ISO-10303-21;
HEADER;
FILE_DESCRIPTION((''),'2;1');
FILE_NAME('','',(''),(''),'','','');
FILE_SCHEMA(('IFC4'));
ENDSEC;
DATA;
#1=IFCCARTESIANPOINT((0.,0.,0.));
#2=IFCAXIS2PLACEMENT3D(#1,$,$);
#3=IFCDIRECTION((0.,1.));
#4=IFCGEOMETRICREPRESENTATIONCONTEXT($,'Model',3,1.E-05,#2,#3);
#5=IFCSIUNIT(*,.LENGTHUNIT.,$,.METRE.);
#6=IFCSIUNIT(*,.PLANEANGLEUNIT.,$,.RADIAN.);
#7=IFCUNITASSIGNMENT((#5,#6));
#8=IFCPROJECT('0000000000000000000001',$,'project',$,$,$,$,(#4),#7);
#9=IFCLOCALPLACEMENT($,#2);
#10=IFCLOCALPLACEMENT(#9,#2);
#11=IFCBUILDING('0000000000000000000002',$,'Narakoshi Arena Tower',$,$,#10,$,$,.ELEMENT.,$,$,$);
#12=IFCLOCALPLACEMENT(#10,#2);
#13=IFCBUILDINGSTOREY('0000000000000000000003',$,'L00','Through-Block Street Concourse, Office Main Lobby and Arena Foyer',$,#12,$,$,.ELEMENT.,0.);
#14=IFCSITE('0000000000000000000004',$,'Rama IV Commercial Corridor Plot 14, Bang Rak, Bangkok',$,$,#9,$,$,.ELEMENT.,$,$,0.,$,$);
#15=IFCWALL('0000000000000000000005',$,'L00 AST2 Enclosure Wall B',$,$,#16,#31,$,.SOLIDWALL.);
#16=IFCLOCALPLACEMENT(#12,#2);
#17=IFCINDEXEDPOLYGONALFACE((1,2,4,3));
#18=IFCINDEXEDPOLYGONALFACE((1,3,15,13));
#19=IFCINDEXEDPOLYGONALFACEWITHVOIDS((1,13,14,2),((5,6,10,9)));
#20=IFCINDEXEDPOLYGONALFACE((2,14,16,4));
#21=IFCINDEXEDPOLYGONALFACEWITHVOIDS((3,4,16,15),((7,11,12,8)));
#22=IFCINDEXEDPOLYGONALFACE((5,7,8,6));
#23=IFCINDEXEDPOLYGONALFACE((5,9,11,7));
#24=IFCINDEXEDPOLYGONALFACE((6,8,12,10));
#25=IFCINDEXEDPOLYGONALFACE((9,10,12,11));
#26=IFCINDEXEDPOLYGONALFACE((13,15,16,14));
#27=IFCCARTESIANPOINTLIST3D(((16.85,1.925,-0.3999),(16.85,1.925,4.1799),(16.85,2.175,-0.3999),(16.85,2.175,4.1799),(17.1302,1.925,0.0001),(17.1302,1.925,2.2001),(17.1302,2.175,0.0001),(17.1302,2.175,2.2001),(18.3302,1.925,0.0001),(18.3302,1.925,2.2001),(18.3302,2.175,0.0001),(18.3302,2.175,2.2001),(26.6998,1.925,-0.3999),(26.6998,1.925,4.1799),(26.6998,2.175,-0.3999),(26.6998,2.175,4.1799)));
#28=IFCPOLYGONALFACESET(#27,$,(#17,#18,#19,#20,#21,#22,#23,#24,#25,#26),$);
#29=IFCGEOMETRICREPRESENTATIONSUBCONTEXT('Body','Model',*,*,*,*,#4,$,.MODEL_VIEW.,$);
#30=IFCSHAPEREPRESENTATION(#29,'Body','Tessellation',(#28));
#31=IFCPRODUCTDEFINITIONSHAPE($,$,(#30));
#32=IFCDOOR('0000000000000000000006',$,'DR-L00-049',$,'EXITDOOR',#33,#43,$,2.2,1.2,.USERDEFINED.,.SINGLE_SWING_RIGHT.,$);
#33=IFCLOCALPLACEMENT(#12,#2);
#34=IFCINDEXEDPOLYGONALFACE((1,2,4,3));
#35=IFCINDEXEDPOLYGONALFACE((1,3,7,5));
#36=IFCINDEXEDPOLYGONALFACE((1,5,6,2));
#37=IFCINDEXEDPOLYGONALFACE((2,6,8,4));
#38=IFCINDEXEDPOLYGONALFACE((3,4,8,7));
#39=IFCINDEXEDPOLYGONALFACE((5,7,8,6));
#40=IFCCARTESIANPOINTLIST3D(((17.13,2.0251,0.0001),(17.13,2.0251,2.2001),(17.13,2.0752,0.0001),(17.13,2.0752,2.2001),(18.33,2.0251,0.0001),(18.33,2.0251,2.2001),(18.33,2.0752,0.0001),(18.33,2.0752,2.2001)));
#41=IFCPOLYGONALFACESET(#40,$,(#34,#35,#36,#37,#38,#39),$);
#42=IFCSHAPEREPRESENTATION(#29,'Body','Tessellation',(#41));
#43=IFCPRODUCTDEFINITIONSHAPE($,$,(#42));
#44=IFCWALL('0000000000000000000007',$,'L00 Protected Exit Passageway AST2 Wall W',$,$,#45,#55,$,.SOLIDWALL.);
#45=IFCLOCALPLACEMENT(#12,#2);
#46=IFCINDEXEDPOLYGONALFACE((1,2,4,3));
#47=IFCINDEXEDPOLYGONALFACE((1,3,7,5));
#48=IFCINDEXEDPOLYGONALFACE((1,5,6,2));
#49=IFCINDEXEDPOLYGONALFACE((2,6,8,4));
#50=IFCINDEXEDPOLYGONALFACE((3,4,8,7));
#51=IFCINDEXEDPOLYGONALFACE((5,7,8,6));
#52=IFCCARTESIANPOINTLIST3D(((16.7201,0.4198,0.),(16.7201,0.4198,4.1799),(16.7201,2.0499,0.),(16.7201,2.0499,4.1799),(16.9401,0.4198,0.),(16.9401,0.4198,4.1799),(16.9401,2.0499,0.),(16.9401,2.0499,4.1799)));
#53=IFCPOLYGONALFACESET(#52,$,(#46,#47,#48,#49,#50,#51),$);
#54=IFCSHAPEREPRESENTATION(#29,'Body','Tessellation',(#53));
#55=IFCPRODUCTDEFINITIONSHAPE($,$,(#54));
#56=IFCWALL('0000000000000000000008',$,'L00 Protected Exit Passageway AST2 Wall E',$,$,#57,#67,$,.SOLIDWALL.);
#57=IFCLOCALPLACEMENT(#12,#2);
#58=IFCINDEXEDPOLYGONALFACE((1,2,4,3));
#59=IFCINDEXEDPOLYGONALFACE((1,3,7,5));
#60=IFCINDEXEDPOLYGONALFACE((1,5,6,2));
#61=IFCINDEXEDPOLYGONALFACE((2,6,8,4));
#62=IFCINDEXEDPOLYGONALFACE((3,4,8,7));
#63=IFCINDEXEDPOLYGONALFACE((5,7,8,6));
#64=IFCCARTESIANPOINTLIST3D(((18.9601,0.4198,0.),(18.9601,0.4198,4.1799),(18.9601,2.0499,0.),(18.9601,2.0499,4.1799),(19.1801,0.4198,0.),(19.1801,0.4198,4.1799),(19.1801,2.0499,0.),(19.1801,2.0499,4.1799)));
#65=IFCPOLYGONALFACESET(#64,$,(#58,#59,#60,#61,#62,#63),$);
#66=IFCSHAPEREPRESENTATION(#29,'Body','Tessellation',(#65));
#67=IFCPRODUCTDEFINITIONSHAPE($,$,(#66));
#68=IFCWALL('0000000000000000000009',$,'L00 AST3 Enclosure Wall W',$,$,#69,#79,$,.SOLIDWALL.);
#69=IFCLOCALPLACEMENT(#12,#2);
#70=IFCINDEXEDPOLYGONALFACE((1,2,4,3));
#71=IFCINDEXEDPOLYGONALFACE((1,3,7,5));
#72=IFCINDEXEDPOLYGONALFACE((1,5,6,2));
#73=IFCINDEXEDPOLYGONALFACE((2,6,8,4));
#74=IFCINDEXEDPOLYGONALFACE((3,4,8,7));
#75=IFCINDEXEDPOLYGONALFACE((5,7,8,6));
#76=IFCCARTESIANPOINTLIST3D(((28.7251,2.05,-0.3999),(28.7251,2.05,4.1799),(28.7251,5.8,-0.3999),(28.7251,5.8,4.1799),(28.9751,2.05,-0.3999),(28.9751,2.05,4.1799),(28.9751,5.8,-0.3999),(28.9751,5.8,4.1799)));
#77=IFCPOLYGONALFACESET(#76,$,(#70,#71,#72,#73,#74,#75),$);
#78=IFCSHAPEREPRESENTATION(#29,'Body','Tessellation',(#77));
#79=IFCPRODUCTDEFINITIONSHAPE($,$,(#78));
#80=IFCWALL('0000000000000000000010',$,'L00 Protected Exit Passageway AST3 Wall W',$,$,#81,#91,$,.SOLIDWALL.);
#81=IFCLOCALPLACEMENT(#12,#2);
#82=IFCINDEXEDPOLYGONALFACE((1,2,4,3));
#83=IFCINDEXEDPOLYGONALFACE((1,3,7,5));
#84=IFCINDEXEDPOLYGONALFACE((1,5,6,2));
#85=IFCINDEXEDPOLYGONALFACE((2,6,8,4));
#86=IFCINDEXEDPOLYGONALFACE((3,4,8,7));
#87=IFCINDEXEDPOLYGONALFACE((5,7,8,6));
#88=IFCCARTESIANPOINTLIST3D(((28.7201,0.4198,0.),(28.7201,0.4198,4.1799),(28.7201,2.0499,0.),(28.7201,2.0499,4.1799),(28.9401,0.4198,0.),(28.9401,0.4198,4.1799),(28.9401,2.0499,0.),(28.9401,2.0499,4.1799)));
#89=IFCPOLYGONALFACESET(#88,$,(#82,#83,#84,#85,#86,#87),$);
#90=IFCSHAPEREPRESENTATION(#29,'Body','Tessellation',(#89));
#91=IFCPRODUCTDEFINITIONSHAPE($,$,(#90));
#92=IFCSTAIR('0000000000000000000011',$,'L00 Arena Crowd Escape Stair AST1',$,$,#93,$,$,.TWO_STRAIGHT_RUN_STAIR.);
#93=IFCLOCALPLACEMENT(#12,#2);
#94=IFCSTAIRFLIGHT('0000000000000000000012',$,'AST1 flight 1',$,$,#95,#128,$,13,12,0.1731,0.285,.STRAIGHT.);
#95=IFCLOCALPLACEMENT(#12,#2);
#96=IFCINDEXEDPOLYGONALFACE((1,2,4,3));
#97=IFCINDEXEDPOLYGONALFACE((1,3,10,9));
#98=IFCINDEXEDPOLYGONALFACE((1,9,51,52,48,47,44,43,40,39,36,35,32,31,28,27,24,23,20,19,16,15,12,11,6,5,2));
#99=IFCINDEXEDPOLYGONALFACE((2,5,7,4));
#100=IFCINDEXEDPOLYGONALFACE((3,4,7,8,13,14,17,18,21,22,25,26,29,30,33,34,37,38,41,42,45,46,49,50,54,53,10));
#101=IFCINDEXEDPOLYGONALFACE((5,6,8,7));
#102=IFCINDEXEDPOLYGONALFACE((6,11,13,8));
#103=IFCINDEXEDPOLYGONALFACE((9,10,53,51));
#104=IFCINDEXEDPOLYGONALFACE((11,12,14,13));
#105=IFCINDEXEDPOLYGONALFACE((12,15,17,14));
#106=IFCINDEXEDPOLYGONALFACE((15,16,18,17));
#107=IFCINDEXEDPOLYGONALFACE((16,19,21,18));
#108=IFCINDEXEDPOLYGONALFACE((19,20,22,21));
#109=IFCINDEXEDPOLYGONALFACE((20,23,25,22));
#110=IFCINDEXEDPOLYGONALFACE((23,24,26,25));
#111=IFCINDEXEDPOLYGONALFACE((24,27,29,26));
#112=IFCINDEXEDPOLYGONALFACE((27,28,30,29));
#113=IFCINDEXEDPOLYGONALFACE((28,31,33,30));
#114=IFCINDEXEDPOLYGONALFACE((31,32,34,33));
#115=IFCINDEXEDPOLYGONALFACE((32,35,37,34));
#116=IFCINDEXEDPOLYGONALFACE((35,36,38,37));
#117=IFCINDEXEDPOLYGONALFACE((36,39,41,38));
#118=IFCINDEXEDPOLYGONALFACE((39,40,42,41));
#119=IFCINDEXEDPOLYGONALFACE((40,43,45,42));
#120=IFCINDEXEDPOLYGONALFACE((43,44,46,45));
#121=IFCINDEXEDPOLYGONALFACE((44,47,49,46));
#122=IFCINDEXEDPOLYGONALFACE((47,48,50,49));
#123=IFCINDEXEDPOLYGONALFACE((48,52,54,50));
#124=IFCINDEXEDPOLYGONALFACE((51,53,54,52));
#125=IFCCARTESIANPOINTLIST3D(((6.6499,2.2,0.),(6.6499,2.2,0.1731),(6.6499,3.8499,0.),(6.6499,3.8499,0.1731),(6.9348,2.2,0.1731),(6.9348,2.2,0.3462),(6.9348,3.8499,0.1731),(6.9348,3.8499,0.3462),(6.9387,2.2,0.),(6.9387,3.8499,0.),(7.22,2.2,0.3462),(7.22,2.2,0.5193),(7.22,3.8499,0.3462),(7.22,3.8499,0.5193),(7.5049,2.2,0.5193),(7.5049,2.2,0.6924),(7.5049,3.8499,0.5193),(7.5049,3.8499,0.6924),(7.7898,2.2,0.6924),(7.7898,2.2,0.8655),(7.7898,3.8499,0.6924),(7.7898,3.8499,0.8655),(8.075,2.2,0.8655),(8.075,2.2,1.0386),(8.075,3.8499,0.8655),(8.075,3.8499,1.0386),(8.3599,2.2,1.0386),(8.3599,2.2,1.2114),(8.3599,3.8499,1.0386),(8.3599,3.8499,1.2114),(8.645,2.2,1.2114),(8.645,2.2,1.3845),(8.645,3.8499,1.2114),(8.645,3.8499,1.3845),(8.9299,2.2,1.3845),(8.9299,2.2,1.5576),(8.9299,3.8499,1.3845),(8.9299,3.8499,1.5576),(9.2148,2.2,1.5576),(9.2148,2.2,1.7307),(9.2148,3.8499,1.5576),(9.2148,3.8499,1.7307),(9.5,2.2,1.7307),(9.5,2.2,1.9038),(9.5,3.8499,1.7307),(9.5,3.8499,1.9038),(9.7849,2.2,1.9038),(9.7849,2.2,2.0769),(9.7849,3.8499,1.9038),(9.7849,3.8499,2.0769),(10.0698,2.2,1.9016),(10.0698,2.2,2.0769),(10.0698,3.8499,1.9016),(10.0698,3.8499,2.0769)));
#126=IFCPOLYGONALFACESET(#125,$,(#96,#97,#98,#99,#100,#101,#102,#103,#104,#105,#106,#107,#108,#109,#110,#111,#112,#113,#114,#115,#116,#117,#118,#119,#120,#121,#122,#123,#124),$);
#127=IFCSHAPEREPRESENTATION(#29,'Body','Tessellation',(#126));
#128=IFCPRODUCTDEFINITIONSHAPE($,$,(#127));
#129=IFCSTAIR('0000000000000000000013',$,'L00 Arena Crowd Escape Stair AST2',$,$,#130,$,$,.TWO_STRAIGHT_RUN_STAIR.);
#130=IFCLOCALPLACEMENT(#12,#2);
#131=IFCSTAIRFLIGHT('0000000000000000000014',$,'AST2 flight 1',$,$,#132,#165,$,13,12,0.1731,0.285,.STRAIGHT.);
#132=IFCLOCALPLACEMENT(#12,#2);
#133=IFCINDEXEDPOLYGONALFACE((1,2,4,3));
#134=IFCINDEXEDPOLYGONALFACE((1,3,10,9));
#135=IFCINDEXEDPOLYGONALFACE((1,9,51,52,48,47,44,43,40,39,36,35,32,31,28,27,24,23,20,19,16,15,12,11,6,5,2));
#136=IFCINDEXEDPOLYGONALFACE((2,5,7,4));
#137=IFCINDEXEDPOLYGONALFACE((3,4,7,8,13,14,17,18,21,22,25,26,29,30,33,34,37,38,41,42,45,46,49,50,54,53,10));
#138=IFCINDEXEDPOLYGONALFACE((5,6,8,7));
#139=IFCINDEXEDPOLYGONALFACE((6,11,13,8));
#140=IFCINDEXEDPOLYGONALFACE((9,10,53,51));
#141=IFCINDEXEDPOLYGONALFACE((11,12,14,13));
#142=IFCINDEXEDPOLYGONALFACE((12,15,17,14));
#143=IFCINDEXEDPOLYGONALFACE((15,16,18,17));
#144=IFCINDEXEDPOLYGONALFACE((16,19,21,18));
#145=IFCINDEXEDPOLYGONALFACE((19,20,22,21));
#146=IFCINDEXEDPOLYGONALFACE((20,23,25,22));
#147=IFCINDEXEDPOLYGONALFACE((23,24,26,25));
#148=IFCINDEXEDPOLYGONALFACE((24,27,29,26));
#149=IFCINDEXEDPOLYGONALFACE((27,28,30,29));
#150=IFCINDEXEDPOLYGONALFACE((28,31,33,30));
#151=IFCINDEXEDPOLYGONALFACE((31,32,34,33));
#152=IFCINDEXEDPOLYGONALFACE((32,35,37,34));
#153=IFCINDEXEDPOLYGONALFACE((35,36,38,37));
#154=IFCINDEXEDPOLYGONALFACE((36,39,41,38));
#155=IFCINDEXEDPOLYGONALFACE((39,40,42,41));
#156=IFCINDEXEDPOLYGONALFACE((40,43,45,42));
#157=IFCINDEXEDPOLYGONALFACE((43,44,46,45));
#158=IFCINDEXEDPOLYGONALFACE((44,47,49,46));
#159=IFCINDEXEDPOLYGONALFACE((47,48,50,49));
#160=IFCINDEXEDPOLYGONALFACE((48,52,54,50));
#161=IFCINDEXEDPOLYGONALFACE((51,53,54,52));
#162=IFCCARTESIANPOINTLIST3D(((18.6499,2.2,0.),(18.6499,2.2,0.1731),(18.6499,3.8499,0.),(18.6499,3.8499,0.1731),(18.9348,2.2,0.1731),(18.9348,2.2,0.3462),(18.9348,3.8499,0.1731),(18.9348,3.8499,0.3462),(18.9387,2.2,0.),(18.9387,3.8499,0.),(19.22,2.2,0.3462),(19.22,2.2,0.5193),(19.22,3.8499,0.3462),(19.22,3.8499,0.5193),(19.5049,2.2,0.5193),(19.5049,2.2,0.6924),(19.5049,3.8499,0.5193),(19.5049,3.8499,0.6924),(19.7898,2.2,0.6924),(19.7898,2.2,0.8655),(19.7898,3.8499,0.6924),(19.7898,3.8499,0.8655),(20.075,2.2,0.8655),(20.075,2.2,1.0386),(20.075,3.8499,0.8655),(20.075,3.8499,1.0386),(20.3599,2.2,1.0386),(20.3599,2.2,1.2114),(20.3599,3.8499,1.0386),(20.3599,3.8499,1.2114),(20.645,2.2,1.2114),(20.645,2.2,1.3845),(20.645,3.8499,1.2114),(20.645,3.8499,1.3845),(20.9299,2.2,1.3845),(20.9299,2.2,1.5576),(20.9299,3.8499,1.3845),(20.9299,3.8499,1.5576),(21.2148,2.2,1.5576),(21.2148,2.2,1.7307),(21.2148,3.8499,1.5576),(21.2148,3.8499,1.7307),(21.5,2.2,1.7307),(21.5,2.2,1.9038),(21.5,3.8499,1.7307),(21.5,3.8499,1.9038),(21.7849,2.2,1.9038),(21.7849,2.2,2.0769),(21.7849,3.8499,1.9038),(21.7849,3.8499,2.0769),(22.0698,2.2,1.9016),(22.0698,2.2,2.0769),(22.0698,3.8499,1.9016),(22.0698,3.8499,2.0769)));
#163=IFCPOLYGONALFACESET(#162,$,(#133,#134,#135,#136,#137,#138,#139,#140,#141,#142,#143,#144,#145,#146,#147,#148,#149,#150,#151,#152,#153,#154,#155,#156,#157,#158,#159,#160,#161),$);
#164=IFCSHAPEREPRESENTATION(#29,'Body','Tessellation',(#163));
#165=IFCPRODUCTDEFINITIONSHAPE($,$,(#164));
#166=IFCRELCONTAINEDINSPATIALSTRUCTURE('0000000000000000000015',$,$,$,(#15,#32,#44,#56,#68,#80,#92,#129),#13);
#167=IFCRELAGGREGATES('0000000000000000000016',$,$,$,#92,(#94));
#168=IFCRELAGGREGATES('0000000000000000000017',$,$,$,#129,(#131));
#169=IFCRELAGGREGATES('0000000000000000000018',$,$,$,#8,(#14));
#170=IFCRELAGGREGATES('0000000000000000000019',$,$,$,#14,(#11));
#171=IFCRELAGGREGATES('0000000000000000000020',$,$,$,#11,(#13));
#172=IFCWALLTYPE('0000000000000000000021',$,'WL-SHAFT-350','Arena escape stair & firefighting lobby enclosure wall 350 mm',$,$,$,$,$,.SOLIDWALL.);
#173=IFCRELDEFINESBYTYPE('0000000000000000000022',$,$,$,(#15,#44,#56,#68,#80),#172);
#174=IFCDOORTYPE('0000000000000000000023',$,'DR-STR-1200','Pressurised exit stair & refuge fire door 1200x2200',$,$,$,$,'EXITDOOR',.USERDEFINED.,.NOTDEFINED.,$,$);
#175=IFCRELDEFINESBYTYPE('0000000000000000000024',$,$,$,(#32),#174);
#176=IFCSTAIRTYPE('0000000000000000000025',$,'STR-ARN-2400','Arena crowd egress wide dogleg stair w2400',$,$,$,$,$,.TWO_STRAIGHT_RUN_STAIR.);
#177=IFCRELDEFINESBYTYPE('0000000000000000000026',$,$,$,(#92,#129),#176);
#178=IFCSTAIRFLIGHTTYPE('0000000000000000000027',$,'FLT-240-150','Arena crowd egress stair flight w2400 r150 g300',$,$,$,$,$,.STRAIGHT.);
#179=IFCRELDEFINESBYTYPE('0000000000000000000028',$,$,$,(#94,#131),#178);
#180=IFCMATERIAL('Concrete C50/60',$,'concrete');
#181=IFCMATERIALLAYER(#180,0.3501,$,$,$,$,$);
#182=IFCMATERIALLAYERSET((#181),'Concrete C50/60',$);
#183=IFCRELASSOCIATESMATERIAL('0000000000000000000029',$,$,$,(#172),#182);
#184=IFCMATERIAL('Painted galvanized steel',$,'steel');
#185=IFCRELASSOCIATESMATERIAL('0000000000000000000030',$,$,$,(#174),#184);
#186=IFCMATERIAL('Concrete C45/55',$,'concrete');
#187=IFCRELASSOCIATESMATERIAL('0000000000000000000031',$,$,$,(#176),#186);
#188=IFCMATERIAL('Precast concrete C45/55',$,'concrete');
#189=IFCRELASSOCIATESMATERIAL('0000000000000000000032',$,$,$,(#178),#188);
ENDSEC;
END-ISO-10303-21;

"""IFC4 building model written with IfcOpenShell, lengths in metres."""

from ifc_helpers import new_model, si_unit, direction, frame, frame_2d, origin, place, context, subcontext, project, spatial, polyline, rectangle, outline, extrude, material, layer, layer_set, type_object, element, fill, aggregate, save


model = new_model("IFC4")

# Units and contexts
model_context = context("Model", 3, precision=1e-05, world=origin(), true_north=direction((0.0, 1.0)))
body_context = subcontext(model_context, "Body", "Model", "MODEL_VIEW")
ifc_project = project(units=[si_unit("LENGTHUNIT", "METRE"), si_unit("PLANEANGLEUNIT", "RADIAN")], contexts=[model_context])

# Site, building, storey
site_placement = place(None, origin())
site = spatial("IfcSite", under=ifc_project, at=site_placement, Name="Rama IV Commercial Corridor Plot 14, Bang Rak, Bangkok", CompositionType="ELEMENT", RefElevation=0.0)
building_placement = place(site_placement, origin())
building = spatial("IfcBuilding", under=site, at=building_placement, Name="Narakoshi Arena Tower", CompositionType="ELEMENT")
storey_placement = place(building_placement, origin())
storey = spatial("IfcBuildingStorey", under=building, at=storey_placement, Name="L00", Description="Through-Block Street Concourse, Office Main Lobby and Arena Foyer", CompositionType="ELEMENT", Elevation=0.0)

# Shared definitions
ifc_material_1 = material(Name="Concrete C50/60", Category="concrete")
ifc_layer = layer(ifc_material_1, 0.3501)
ifc_layer_set = layer_set([ifc_layer], Name="Concrete C50/60")
wall_type = type_object("IfcWallType", Name="WL-SHAFT-350", Description="Arena escape stair & firefighting lobby enclosure wall 350 mm", PredefinedType="SOLIDWALL", material=ifc_layer_set)

# Shared definitions
ifc_material_2 = material(Name="Painted galvanized steel", Category="steel")
door_type = type_object("IfcDoorType", Name="DR-STR-1200", Description="Pressurised exit stair & refuge fire door 1200x2200", ElementType="EXITDOOR", OperationType="NOTDEFINED", PredefinedType="USERDEFINED", material=ifc_material_2)

# Wall, opening, door
wall_1_placement = place(storey_placement, frame((16.8501, 2.05, -0.3999), z_axis=(0.0, 0.0, 1.0), x_axis=(1.0, 0.0, 0.0)))
wall_1 = element("IfcWall", 1, at=wall_1_placement, inside=storey, type_object=wall_type, Name="L00 AST2 Enclosure Wall B", PredefinedType="SOLIDWALL", context=body_context, shape_type="SweptSolid", body=[
    extrude(rectangle(XDim=9.8499, YDim=0.25, at=frame_2d((4.9248, 0.0))), origin(), (0.0, 0.0, 1.0), 4.5798),
])
opening_1_placement = place(wall_1_placement, frame((0.28, 0.0, 0.3999)))
opening_1 = element("IfcOpeningElement", 2, at=opening_1_placement, cuts=wall_1, PredefinedType="OPENING", context=body_context, shape_type="SweptSolid", body=[
    extrude(rectangle(XDim=1.2, YDim=2.2, at=frame_2d((0.6001, 1.1001))), frame((0.0, 0.135, 0.0), z_axis=(0.0, -1.0, 0.0), x_axis=(1.0, 0.0, 0.0)), (0.0, 0.0, 1.0), 0.27),
])
door_1_placement = place(opening_1_placement, frame((1.2, 0.0, 0.0), z_axis=(0.0, 0.0, 1.0), x_axis=(-1.0, 0.0, 0.0)))
door_1 = element("IfcDoor", 3, at=door_1_placement, inside=storey, type_object=door_type, Name="DR-L00-049", ObjectType="EXITDOOR", OperationType="SINGLE_SWING_RIGHT", OverallHeight=2.2, OverallWidth=1.2, PredefinedType="USERDEFINED", context=body_context, shape_type="SweptSolid", body=[
    extrude(rectangle(XDim=1.2, YDim=2.2, at=frame_2d((0.6001, 1.1001))), frame((0.0, 0.0249, 0.0), z_axis=(0.0, -1.0, 0.0), x_axis=(1.0, 0.0, 0.0)), (0.0, 0.0, 1.0), 0.05),
])
fill(opening_1, door_1)

# Walls
for number, where, z_axis, x_axis, name in (
    (4, (16.8301, 0.4199, 0.0), (0.0, 0.0, 1.0), (0.0, 1.0, 0.0), "L00 Protected Exit Passageway AST2 Wall W"),
    (5, (19.0701, 0.4199, 0.0), (0.0, 0.0, 1.0), (0.0, 1.0, 0.0), "L00 Protected Exit Passageway AST2 Wall E"),
):
    element("IfcWall", number, at=place(storey_placement, frame(where, z_axis=z_axis, x_axis=x_axis)), inside=storey, type_object=wall_type, Name=name, PredefinedType="SOLIDWALL", context=body_context, shape_type="SweptSolid", body=[
        extrude(rectangle(XDim=1.6301, YDim=0.22, at=frame_2d((0.8149, 0.0))), origin(), (0.0, 0.0, 1.0), 4.1799),
    ])
wall_2_placement = place(storey_placement, frame((28.8501, 2.05, -0.3999), z_axis=(0.0, 0.0, 1.0), x_axis=(0.0, 1.0, 0.0)))
element("IfcWall", 6, at=wall_2_placement, inside=storey, type_object=wall_type, Name="L00 AST3 Enclosure Wall W", PredefinedType="SOLIDWALL", context=body_context, shape_type="SweptSolid", body=[
    extrude(rectangle(XDim=3.75, YDim=0.25, at=frame_2d((1.875, 0.0))), origin(), (0.0, 0.0, 1.0), 4.5798),
])
wall_3_placement = place(storey_placement, frame((28.8301, 0.4199, 0.0), z_axis=(0.0, 0.0, 1.0), x_axis=(0.0, 1.0, 0.0)))
element("IfcWall", 7, at=wall_3_placement, inside=storey, type_object=wall_type, Name="L00 Protected Exit Passageway AST3 Wall W", PredefinedType="SOLIDWALL", context=body_context, shape_type="SweptSolid", body=[
    extrude(rectangle(XDim=1.6301, YDim=0.22, at=frame_2d((0.8149, 0.0))), origin(), (0.0, 0.0, 1.0), 4.1799),
])

# Stairs, stair flights
ifc_material_3 = material(Name="Concrete C45/55", Category="concrete")
stair_type = type_object("IfcStairType", Name="STR-ARN-2400", Description="Arena crowd egress wide dogleg stair w2400", PredefinedType="TWO_STRAIGHT_RUN_STAIR", material=ifc_material_3)
stair_1_placement = place(storey_placement, origin())
stair_1 = element("IfcStair", 8, at=stair_1_placement, inside=storey, type_object=stair_type, Name="L00 Arena Crowd Escape Stair AST1", PredefinedType="TWO_STRAIGHT_RUN_STAIR")
ifc_material_4 = material(Name="Precast concrete C45/55", Category="concrete")
stair_flight_type = type_object("IfcStairFlightType", Name="FLT-240-150", Description="Arena crowd egress stair flight w2400 r150 g300", PredefinedType="STRAIGHT", material=ifc_material_4)
stair_flight_1_placement = place(storey_placement, frame((6.6499, 3.0249, 0.0), z_axis=(0.0, 0.0, 1.0), x_axis=(1.0, 0.0, 0.0)))
stair_flight_1 = element("IfcStairFlight", 9, at=stair_flight_1_placement, type_object=stair_flight_type, Name="AST1 flight 1", NumberOfRisers=13, NumberOfTreads=12, PredefinedType="STRAIGHT", RiserHeight=0.1731, TreadLength=0.285, context=body_context, shape_type="SweptSolid", body=[
    extrude(outline(polyline([(0.0, 0.0), (0.0, 0.1731), (0.2849, 0.1731), (0.2849, 0.3462), (0.5701, 0.3462), (0.5701, 0.5193), (0.855, 0.5193), (0.855, 0.6924), (1.1399, 0.6924), (1.1399, 0.8655), (1.425, 0.8655), (1.425, 1.0386), (1.71, 1.0386), (1.71, 1.2114), (1.9951, 1.2114), (1.9951, 1.3845), (2.28, 1.3845), (2.28, 1.5576), (2.5649, 1.5576), (2.5649, 1.7307), (2.8501, 1.7307), (2.8501, 1.9038), (3.135, 1.9038), (3.135, 2.0769), (3.4199, 2.0769), (3.4199, 2.25), (3.4199, 1.9016), (0.2888, 0.0), (0.0, 0.0)])), frame((0.0, 0.825, 0.0), z_axis=(0.0, -1.0, 0.0), x_axis=(1.0, 0.0, 0.0)), (0.0, 0.0, 1.0), 1.6499),
])
aggregate(stair_1, [stair_flight_1])
stair_2_placement = place(storey_placement, origin())
stair_2 = element("IfcStair", 10, at=stair_2_placement, inside=storey, type_object=stair_type, Name="L00 Arena Crowd Escape Stair AST2", PredefinedType="TWO_STRAIGHT_RUN_STAIR")
stair_flight_2_placement = place(storey_placement, frame((18.6499, 3.0249, 0.0), z_axis=(0.0, 0.0, 1.0), x_axis=(1.0, 0.0, 0.0)))
stair_flight_2 = element("IfcStairFlight", 11, at=stair_flight_2_placement, type_object=stair_flight_type, Name="AST2 flight 1", NumberOfRisers=13, NumberOfTreads=12, PredefinedType="STRAIGHT", RiserHeight=0.1731, TreadLength=0.285, context=body_context, shape_type="SweptSolid", body=[
    extrude(outline(polyline([(0.0, 0.0), (0.0, 0.1731), (0.2849, 0.1731), (0.2849, 0.3462), (0.5701, 0.3462), (0.5701, 0.5193), (0.855, 0.5193), (0.855, 0.6924), (1.1399, 0.6924), (1.1399, 0.8655), (1.425, 0.8655), (1.425, 1.0386), (1.71, 1.0386), (1.71, 1.2114), (1.9951, 1.2114), (1.9951, 1.3845), (2.28, 1.3845), (2.28, 1.5576), (2.5649, 1.5576), (2.5649, 1.7307), (2.8501, 1.7307), (2.8501, 1.9038), (3.135, 1.9038), (3.135, 2.0769), (3.4199, 2.0769), (3.4199, 2.25), (3.4199, 1.9016), (0.2888, 0.0), (0.0, 0.0)])), frame((0.0, 0.825, 0.0), z_axis=(0.0, -1.0, 0.0), x_axis=(1.0, 0.0, 0.0)), (0.0, 0.0, 1.0), 1.6499),
])
aggregate(stair_2, [stair_flight_2])

save(model, "model.ifc")
